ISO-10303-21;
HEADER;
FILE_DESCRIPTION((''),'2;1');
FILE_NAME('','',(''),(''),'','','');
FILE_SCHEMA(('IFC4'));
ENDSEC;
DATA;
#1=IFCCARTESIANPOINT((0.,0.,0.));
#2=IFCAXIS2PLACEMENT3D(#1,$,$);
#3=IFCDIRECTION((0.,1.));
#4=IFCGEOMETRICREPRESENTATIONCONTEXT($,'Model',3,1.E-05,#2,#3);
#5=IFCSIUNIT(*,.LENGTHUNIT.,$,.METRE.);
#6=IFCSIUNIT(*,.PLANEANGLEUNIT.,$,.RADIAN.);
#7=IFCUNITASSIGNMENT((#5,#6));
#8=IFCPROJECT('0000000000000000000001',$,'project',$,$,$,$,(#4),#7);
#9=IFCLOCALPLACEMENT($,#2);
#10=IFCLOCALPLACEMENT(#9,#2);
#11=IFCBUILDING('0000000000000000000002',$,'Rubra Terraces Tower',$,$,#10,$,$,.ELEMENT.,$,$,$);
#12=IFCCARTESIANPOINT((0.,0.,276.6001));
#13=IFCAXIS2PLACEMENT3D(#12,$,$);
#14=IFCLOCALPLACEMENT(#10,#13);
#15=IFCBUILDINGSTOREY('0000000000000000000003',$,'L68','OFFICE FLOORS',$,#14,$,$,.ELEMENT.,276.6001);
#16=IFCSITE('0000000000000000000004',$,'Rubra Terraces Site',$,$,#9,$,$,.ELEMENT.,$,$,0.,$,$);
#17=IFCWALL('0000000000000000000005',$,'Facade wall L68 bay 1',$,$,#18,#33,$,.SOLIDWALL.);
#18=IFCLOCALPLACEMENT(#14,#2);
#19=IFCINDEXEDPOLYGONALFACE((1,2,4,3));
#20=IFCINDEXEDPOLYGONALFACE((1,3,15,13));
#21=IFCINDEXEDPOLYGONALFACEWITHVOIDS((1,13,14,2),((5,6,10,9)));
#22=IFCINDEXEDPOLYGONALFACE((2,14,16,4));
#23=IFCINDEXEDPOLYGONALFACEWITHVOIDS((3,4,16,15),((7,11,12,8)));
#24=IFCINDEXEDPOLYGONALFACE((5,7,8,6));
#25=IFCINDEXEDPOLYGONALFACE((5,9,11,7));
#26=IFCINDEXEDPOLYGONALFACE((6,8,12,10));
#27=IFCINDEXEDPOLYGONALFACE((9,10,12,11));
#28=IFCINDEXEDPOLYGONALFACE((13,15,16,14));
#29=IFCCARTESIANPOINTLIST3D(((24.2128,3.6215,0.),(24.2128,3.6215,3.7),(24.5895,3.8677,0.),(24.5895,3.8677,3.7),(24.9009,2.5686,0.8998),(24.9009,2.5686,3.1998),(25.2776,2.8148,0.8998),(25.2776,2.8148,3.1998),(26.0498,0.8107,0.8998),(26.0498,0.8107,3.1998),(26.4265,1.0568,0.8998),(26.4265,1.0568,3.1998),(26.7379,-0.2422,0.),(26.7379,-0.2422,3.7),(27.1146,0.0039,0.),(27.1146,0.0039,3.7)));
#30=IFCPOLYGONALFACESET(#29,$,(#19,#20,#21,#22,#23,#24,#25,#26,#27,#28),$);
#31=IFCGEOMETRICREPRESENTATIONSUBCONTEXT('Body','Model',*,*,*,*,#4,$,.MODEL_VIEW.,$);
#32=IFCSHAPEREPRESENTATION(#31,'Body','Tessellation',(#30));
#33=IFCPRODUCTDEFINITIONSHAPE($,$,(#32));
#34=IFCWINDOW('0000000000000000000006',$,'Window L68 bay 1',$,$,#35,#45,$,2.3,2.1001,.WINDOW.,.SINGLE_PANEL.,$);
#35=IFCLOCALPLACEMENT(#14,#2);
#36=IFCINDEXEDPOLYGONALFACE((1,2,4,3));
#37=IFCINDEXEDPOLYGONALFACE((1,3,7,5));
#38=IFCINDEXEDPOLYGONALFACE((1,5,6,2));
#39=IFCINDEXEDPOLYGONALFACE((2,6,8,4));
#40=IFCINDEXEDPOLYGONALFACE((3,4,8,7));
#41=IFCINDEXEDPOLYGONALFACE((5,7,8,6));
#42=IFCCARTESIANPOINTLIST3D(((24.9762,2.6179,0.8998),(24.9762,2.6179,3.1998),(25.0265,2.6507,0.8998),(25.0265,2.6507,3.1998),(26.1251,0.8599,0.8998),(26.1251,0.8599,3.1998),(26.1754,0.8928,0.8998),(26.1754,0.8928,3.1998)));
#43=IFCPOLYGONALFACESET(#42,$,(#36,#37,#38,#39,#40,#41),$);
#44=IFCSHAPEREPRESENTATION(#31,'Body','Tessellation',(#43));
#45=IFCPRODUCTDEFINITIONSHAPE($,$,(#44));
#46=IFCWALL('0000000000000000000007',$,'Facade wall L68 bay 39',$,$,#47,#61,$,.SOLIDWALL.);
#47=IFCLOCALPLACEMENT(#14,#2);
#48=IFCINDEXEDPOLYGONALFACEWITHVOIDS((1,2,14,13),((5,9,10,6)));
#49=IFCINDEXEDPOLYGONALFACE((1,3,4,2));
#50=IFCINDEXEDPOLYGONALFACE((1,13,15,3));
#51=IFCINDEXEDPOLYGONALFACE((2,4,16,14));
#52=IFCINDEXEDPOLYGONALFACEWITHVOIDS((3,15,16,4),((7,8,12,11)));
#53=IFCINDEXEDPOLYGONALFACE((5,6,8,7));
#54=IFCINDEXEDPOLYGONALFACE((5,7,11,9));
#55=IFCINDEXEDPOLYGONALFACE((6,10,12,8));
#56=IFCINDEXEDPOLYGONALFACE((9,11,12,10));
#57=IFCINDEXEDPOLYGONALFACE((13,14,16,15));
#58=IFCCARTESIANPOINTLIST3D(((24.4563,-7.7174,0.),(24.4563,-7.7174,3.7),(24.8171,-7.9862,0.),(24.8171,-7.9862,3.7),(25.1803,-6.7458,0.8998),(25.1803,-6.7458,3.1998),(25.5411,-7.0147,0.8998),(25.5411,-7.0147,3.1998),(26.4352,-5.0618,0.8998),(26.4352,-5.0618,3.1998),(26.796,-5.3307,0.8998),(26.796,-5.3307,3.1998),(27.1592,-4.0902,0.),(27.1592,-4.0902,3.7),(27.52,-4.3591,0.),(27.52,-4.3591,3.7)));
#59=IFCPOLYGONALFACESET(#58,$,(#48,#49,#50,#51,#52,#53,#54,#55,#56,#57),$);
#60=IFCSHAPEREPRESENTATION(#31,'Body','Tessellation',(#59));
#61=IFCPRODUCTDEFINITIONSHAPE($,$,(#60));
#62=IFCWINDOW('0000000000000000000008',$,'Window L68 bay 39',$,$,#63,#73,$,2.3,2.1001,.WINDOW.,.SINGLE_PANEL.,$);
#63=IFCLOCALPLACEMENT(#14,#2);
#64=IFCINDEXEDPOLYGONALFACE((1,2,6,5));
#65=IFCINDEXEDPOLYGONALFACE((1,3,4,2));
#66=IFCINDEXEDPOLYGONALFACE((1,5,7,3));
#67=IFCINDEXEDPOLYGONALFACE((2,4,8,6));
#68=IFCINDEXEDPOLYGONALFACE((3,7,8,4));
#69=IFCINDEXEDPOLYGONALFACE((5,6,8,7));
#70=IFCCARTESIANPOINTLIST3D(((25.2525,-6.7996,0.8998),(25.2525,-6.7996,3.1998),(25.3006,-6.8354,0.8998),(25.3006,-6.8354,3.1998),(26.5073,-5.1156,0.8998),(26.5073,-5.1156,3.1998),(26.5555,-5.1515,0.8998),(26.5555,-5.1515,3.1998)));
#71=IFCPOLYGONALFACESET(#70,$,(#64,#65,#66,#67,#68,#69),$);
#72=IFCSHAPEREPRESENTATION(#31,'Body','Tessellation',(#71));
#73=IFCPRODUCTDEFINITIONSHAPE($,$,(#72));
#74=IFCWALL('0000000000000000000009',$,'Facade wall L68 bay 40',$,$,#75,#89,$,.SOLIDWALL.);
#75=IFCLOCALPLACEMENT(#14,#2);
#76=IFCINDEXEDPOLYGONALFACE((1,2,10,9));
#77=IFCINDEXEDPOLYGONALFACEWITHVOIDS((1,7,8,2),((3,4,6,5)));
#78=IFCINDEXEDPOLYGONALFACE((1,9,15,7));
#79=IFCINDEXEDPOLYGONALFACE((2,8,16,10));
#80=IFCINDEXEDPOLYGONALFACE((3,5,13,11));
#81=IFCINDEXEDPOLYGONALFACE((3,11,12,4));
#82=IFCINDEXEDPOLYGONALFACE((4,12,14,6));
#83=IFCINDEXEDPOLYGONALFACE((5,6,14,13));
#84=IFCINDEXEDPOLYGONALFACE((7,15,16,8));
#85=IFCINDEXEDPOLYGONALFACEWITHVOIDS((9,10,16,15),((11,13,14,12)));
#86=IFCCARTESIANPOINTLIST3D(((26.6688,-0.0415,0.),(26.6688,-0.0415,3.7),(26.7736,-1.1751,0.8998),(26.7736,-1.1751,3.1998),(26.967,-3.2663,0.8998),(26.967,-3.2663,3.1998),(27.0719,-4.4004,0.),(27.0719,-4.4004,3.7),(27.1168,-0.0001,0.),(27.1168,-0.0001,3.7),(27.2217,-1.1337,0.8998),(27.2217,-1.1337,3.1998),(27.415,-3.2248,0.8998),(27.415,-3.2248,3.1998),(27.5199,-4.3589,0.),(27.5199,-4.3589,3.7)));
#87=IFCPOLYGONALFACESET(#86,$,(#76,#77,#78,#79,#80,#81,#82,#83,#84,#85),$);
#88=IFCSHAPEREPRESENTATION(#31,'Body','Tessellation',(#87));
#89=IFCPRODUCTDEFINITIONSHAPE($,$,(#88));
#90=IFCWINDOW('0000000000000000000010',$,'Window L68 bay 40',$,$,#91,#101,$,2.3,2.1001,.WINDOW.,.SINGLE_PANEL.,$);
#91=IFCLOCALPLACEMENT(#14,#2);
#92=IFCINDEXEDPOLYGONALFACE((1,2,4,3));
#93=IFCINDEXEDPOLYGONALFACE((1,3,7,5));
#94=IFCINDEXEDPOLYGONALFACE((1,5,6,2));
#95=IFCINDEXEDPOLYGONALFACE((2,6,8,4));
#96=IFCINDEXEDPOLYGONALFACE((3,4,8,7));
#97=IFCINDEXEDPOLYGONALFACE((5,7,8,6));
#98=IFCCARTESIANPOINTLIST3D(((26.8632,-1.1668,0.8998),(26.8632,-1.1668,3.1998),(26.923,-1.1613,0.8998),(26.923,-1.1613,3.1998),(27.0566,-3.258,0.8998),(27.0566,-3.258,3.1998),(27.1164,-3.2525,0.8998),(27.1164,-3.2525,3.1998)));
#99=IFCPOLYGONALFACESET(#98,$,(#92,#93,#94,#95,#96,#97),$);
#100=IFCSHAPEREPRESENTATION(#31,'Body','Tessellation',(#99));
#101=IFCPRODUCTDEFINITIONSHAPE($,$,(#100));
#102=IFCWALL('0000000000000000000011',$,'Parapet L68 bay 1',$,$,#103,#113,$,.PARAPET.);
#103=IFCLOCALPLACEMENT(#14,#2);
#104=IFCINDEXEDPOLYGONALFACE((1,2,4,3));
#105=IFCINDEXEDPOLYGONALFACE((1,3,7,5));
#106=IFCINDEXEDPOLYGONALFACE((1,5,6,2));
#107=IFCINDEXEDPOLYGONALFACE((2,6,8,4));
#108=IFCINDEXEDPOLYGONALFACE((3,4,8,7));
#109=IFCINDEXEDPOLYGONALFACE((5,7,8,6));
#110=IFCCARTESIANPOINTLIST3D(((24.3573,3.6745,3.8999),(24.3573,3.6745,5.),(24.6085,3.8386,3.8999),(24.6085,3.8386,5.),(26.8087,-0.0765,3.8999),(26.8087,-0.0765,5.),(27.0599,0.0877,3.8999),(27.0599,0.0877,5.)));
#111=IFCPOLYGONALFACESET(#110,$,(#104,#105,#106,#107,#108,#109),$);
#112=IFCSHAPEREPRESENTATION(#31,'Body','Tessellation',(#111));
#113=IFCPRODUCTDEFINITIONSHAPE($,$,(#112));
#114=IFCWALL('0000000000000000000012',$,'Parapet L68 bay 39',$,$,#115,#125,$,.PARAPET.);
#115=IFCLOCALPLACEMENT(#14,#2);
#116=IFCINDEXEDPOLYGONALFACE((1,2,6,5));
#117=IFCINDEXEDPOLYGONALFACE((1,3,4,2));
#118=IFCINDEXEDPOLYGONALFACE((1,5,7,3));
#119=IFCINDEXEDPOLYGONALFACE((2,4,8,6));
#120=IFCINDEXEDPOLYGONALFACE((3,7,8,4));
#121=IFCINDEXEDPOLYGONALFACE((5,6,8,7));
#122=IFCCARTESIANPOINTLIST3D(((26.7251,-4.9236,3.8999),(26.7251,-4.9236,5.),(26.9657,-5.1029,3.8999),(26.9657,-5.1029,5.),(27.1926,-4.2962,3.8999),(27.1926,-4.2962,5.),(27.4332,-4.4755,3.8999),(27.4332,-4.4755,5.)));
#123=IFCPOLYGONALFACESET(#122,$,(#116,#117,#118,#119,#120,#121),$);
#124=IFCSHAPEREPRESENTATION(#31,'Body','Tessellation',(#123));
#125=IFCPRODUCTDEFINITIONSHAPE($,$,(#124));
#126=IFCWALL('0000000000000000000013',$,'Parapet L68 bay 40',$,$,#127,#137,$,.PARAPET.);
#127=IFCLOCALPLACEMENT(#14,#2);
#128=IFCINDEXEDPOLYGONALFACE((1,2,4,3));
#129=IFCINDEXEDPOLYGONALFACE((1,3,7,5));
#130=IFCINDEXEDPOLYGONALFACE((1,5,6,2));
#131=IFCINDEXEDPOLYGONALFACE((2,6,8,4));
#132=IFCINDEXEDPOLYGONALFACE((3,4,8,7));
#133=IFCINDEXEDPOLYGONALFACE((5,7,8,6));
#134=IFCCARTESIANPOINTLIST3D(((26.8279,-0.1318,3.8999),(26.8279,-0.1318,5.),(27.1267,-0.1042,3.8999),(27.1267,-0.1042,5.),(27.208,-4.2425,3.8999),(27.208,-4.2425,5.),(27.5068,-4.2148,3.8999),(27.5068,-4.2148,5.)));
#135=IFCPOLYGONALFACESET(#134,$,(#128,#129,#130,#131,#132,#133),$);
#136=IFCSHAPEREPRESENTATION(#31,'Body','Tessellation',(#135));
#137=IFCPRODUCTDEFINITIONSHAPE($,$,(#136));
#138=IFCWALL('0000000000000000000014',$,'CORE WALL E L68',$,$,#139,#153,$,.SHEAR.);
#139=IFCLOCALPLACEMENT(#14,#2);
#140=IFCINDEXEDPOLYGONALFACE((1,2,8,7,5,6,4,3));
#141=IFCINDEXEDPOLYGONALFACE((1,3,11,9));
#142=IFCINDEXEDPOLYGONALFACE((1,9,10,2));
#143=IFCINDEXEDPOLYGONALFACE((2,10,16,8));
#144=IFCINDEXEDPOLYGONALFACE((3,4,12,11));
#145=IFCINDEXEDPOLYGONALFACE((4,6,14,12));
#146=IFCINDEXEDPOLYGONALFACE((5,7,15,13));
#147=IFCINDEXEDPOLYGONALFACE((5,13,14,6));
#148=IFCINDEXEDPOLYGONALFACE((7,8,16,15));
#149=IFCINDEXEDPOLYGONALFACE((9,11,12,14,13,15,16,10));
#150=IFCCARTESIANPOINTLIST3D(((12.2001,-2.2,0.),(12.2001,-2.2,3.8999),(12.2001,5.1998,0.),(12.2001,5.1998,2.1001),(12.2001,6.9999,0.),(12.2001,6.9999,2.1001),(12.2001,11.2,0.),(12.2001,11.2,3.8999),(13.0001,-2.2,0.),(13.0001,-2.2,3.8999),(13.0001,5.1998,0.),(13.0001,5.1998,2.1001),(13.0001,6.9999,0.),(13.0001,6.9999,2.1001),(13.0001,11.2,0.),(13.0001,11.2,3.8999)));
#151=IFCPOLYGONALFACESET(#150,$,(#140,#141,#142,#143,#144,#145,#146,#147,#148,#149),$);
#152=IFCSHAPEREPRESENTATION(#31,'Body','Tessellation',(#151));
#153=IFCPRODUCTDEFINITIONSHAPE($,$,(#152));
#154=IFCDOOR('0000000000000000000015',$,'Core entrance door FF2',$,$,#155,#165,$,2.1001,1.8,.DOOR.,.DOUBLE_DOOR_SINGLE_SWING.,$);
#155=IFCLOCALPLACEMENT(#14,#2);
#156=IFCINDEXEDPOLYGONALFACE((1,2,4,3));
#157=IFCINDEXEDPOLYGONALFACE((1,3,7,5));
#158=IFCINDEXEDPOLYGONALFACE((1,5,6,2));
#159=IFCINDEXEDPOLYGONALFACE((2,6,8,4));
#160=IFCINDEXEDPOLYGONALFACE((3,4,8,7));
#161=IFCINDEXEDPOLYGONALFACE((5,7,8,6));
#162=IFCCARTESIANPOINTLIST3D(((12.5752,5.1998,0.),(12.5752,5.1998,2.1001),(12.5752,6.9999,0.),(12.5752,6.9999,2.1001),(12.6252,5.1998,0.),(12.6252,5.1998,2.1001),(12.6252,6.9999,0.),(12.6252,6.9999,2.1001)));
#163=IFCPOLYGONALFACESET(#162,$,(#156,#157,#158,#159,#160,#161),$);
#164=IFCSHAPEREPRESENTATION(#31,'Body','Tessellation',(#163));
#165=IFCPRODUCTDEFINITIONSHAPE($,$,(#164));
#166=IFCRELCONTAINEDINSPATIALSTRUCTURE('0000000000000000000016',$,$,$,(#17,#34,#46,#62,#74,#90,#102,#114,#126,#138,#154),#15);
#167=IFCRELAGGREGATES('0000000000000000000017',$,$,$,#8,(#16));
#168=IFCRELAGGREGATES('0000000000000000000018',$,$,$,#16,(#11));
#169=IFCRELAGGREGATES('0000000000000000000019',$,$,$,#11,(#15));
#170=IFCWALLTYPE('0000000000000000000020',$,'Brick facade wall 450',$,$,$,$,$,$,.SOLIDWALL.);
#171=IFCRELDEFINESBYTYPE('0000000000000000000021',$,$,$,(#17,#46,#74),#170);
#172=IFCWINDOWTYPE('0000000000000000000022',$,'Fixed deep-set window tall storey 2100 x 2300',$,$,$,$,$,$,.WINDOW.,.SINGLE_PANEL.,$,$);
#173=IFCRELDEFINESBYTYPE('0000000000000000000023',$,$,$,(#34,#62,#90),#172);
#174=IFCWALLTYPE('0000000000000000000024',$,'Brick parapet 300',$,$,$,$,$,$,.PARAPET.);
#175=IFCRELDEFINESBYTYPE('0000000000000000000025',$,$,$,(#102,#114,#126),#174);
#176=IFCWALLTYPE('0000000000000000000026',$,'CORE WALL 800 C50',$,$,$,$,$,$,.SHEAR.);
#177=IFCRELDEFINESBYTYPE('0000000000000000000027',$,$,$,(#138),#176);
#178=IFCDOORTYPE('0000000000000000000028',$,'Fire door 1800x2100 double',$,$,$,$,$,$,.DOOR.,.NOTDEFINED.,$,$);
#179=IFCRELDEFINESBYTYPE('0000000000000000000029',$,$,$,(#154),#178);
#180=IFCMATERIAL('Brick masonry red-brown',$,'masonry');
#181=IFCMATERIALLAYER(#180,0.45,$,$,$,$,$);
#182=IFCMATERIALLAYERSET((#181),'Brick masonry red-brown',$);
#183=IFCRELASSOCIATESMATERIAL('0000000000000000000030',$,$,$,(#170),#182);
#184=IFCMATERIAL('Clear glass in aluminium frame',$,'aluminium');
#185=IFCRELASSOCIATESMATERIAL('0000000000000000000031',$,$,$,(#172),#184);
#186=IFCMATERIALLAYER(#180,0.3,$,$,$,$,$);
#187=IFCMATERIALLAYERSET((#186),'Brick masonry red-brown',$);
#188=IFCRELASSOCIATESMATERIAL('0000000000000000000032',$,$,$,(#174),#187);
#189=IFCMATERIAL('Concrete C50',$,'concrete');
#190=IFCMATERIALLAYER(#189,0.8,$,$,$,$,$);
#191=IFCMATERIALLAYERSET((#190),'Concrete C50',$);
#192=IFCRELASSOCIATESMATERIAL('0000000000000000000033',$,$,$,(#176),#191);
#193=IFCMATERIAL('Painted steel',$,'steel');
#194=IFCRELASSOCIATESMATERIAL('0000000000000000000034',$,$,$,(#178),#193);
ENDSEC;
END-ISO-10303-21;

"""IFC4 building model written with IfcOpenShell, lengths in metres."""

from ifc_helpers import new_model, si_unit, direction, frame, frame_2d, origin, place, context, subcontext, project, spatial, rectangle, extrude, material, layer, layer_set, type_object, element, fill, save


model = new_model("IFC4")

# Units and contexts
model_context = context("Model", 3, precision=1e-05, world=origin(), true_north=direction((0.0, 1.0)))
body_context = subcontext(model_context, "Body", "Model", "MODEL_VIEW")
ifc_project = project(units=[si_unit("LENGTHUNIT", "METRE"), si_unit("PLANEANGLEUNIT", "RADIAN")], contexts=[model_context])

# Site, building, storey
site_placement = place(None, origin())
site = spatial("IfcSite", under=ifc_project, at=site_placement, Name="Rubra Terraces Site", CompositionType="ELEMENT", RefElevation=0.0)
building_placement = place(site_placement, origin())
building = spatial("IfcBuilding", under=site, at=building_placement, Name="Rubra Terraces Tower", CompositionType="ELEMENT")
storey_placement = place(building_placement, frame((0.0, 0.0, 276.6001)))
storey = spatial("IfcBuildingStorey", under=building, at=storey_placement, Name="L68", Description="OFFICE FLOORS", CompositionType="ELEMENT", Elevation=276.6001)

# Shared definitions
ifc_material_1 = material(Name="Concrete C50", Category="concrete")

# Walls, openings, windows
ifc_material_2 = material(Name="Brick masonry red-brown", Category="masonry")
ifc_layer_1 = layer(ifc_material_2, 0.45)
ifc_layer_set_1 = layer_set([ifc_layer_1], Name="Brick masonry red-brown")
wall_type_1 = type_object("IfcWallType", Name="Brick facade wall 450", PredefinedType="SOLIDWALL", material=ifc_layer_set_1)
wall_1_placement = place(storey_placement, frame((26.9263, -0.1191, 0.0), z_axis=(0.0, 0.0, 1.0), x_axis=(-0.547073, 0.837085, 0.0)))
wall_1 = element("IfcWall", 1, at=wall_1_placement, inside=storey, type_object=wall_type_1, Name="Facade wall L68 bay 1", PredefinedType="SOLIDWALL", context=body_context, shape_type="SweptSolid", body=[
    extrude(rectangle(XDim=4.6157, YDim=0.45, at=frame_2d((2.3079, 0.0))), origin(), (0.0, 0.0, 1.0), 3.7),
])
opening_1_placement = place(wall_1_placement, frame((1.2578, 0.0, 0.8999)))
opening_1 = element("IfcOpeningElement", 2, at=opening_1_placement, cuts=wall_1, PredefinedType="OPENING", context=body_context, shape_type="SweptSolid", body=[
    extrude(rectangle(XDim=2.1001, YDim=2.3, at=frame_2d((1.05, 1.1499))), frame((0.0, 0.2349, 0.0), z_axis=(0.0, -1.0, 0.0), x_axis=(1.0, 0.0, 0.0)), (0.0, 0.0, 1.0), 0.47),
])
ifc_material_3 = material(Name="Clear glass in aluminium frame", Category="aluminium")
window_type = type_object("IfcWindowType", Name="Fixed deep-set window tall storey 2100 x 2300", PartitioningType="SINGLE_PANEL", PredefinedType="WINDOW", material=ifc_material_3)
window_1_placement = place(opening_1_placement, origin())
window_1 = element("IfcWindow", 3, at=window_1_placement, inside=storey, type_object=window_type, Name="Window L68 bay 1", OverallHeight=2.3, OverallWidth=2.1001, PartitioningType="SINGLE_PANEL", PredefinedType="WINDOW", context=body_context, shape_type="SweptSolid", body=[
    extrude(rectangle(XDim=2.1001, YDim=2.3, at=frame_2d((1.05, 1.1499))), frame((0.0, 0.135, 0.0), z_axis=(0.0, -1.0, 0.0), x_axis=(1.0, 0.0, 0.0)), (0.0, 0.0, 1.0), 0.0601),
])
fill(opening_1, window_1)
wall_2_placement = place(storey_placement, frame((24.6367, -7.8518, 0.0), z_axis=(0.0, 0.0, 1.0), x_axis=(0.597519, 0.801855, 0.0)))
wall_2 = element("IfcWall", 4, at=wall_2_placement, inside=storey, type_object=wall_type_1, Name="Facade wall L68 bay 39", PredefinedType="SOLIDWALL", context=body_context, shape_type="SweptSolid", body=[
    extrude(rectangle(XDim=4.5234, YDim=0.45, at=frame_2d((2.2617, 0.0))), origin(), (0.0, 0.0, 1.0), 3.7),
])
opening_2_placement = place(wall_2_placement, frame((1.2117, 0.0, 0.8999)))
opening_2 = element("IfcOpeningElement", 5, at=opening_2_placement, cuts=wall_2, PredefinedType="OPENING", context=body_context, shape_type="SweptSolid", body=[
    extrude(rectangle(XDim=2.1001, YDim=2.3, at=frame_2d((1.05, 1.1499))), frame((0.0, 0.2349, 0.0), z_axis=(0.0, -1.0, 0.0), x_axis=(1.0, 0.0, 0.0)), (0.0, 0.0, 1.0), 0.47),
])
window_2_placement = place(opening_2_placement, origin())
window_2 = element("IfcWindow", 6, at=window_2_placement, inside=storey, type_object=window_type, Name="Window L68 bay 39", OverallHeight=2.3, OverallWidth=2.1001, PartitioningType="SINGLE_PANEL", PredefinedType="WINDOW", context=body_context, shape_type="SweptSolid", body=[
    extrude(rectangle(XDim=2.1001, YDim=2.3, at=frame_2d((1.05, 1.1499))), frame((0.0, 0.135, 0.0), z_axis=(0.0, -1.0, 0.0), x_axis=(1.0, 0.0, 0.0)), (0.0, 0.0, 1.0), 0.0601),
])
fill(opening_2, window_2)
wall_3_placement = place(storey_placement, frame((27.2959, -4.3796, 0.0), z_axis=(0.0, 0.0, 1.0), x_axis=(-0.092079, 0.995752, 0.0)))
wall_3 = element("IfcWall", 7, at=wall_3_placement, inside=storey, type_object=wall_type_1, Name="Facade wall L68 bay 40", PredefinedType="SOLIDWALL", context=body_context, shape_type="SweptSolid", body=[
    extrude(rectangle(XDim=4.3774, YDim=0.45, at=frame_2d((2.1887, 0.0))), origin(), (0.0, 0.0, 1.0), 3.7),
])
opening_3_placement = place(wall_3_placement, frame((1.1389, 0.0, 0.8999)))
opening_3 = element("IfcOpeningElement", 8, at=opening_3_placement, cuts=wall_3, PredefinedType="OPENING", context=body_context, shape_type="SweptSolid", body=[
    extrude(rectangle(XDim=2.1001, YDim=2.3, at=frame_2d((1.05, 1.1499))), frame((0.0, 0.2349, 0.0), z_axis=(0.0, -1.0, 0.0), x_axis=(1.0, 0.0, 0.0)), (0.0, 0.0, 1.0), 0.47),
])
window_3_placement = place(opening_3_placement, origin())
window_3 = element("IfcWindow", 9, at=window_3_placement, inside=storey, type_object=window_type, Name="Window L68 bay 40", OverallHeight=2.3, OverallWidth=2.1001, PartitioningType="SINGLE_PANEL", PredefinedType="WINDOW", context=body_context, shape_type="SweptSolid", body=[
    extrude(rectangle(XDim=2.1001, YDim=2.3, at=frame_2d((1.05, 1.1499))), frame((0.0, 0.135, 0.0), z_axis=(0.0, -1.0, 0.0), x_axis=(1.0, 0.0, 0.0)), (0.0, 0.0, 1.0), 0.0601),
])
fill(opening_3, window_3)

# Walls
ifc_layer_2 = layer(ifc_material_2, 0.3)
ifc_layer_set_2 = layer_set([ifc_layer_2], Name="Brick masonry red-brown")
wall_type_2 = type_object("IfcWallType", Name="Brick parapet 300", PredefinedType="PARAPET", material=ifc_layer_set_2)
wall_4_placement = place(storey_placement, frame((26.9343, 0.0056, 3.8999), z_axis=(0.0, 0.0, 1.0), x_axis=(-0.54707, 0.837087, 0.0)))
element("IfcWall", 10, at=wall_4_placement, inside=storey, type_object=wall_type_2, Name="Parapet L68 bay 1", PredefinedType="PARAPET", context=body_context, shape_type="SweptSolid", body=[
    extrude(rectangle(XDim=4.481, YDim=0.3, at=frame_2d((2.2405, 0.0))), origin(), (0.0, 0.0, 1.0), 1.1001),
])
wall_5_placement = place(storey_placement, frame((26.8455, -5.0132, 3.8999), z_axis=(0.0, 0.0, 1.0), x_axis=(0.597501, 0.801868, 0.0)))
element("IfcWall", 11, at=wall_5_placement, inside=storey, type_object=wall_type_2, Name="Parapet L68 bay 39", PredefinedType="PARAPET", context=body_context, shape_type="SweptSolid", body=[
    extrude(rectangle(XDim=0.7825, YDim=0.3, at=frame_2d((0.3911, 0.0))), origin(), (0.0, 0.0, 1.0), 1.1001),
])
wall_6_placement = place(storey_placement, frame((27.3574, -4.2285, 3.8999), z_axis=(0.0, 0.0, 1.0), x_axis=(-0.092082, 0.995751, 0.0)))
element("IfcWall", 12, at=wall_6_placement, inside=storey, type_object=wall_type_2, Name="Parapet L68 bay 40", PredefinedType="PARAPET", context=body_context, shape_type="SweptSolid", body=[
    extrude(rectangle(XDim=4.1282, YDim=0.3, at=frame_2d((2.064, 0.0))), origin(), (0.0, 0.0, 1.0), 1.1001),
])

# Wall, opening, door
ifc_layer_3 = layer(ifc_material_1, 0.8)
ifc_layer_set_3 = layer_set([ifc_layer_3], Name="Concrete C50")
wall_type_3 = type_object("IfcWallType", Name="CORE WALL 800 C50", PredefinedType="SHEAR", material=ifc_layer_set_3)
wall_7_placement = place(storey_placement, frame((12.6001, -2.2, 0.0), z_axis=(0.0, 0.0, 1.0), x_axis=(0.0, 1.0, 0.0)))
wall_7 = element("IfcWall", 13, at=wall_7_placement, inside=storey, type_object=wall_type_3, Name="CORE WALL E L68", PredefinedType="SHEAR", context=body_context, shape_type="SweptSolid", body=[
    extrude(rectangle(XDim=13.3999, YDim=0.8, at=frame_2d((6.7, 0.0))), origin(), (0.0, 0.0, 1.0), 3.8999),
])
opening_4_placement = place(wall_7_placement, frame((7.3999, 0.0, 0.0)))
opening_4 = element("IfcOpeningElement", 14, at=opening_4_placement, cuts=wall_7, PredefinedType="OPENING", context=body_context, shape_type="SweptSolid", body=[
    extrude(rectangle(XDim=1.8, YDim=2.1001, at=frame_2d((0.8999, 1.05))), frame((0.0, 0.4099, 0.0), z_axis=(0.0, -1.0, 0.0), x_axis=(1.0, 0.0, 0.0)), (0.0, 0.0, 1.0), 0.8201),
])
ifc_material_4 = material(Name="Painted steel", Category="steel")
door_type_1 = type_object("IfcDoorType", Name="Fire door 1800x2100 double", OperationType="NOTDEFINED", PredefinedType="DOOR", material=ifc_material_4)
door_1_placement = place(opening_4_placement, origin())
door_1 = element("IfcDoor", 15, at=door_1_placement, inside=storey, type_object=door_type_1, Name="Core entrance door FF2", OperationType="DOUBLE_DOOR_SINGLE_SWING", OverallHeight=2.1001, OverallWidth=1.8, PredefinedType="DOOR", context=body_context, shape_type="SweptSolid", body=[
    extrude(rectangle(XDim=1.8, YDim=2.1001, at=frame_2d((0.8999, 1.05))), frame((0.0, 0.0249, 0.0), z_axis=(0.0, -1.0, 0.0), x_axis=(1.0, 0.0, 0.0)), (0.0, 0.0, 1.0), 0.05),
])
fill(opening_4, door_1)

save(model, "model.ifc")
